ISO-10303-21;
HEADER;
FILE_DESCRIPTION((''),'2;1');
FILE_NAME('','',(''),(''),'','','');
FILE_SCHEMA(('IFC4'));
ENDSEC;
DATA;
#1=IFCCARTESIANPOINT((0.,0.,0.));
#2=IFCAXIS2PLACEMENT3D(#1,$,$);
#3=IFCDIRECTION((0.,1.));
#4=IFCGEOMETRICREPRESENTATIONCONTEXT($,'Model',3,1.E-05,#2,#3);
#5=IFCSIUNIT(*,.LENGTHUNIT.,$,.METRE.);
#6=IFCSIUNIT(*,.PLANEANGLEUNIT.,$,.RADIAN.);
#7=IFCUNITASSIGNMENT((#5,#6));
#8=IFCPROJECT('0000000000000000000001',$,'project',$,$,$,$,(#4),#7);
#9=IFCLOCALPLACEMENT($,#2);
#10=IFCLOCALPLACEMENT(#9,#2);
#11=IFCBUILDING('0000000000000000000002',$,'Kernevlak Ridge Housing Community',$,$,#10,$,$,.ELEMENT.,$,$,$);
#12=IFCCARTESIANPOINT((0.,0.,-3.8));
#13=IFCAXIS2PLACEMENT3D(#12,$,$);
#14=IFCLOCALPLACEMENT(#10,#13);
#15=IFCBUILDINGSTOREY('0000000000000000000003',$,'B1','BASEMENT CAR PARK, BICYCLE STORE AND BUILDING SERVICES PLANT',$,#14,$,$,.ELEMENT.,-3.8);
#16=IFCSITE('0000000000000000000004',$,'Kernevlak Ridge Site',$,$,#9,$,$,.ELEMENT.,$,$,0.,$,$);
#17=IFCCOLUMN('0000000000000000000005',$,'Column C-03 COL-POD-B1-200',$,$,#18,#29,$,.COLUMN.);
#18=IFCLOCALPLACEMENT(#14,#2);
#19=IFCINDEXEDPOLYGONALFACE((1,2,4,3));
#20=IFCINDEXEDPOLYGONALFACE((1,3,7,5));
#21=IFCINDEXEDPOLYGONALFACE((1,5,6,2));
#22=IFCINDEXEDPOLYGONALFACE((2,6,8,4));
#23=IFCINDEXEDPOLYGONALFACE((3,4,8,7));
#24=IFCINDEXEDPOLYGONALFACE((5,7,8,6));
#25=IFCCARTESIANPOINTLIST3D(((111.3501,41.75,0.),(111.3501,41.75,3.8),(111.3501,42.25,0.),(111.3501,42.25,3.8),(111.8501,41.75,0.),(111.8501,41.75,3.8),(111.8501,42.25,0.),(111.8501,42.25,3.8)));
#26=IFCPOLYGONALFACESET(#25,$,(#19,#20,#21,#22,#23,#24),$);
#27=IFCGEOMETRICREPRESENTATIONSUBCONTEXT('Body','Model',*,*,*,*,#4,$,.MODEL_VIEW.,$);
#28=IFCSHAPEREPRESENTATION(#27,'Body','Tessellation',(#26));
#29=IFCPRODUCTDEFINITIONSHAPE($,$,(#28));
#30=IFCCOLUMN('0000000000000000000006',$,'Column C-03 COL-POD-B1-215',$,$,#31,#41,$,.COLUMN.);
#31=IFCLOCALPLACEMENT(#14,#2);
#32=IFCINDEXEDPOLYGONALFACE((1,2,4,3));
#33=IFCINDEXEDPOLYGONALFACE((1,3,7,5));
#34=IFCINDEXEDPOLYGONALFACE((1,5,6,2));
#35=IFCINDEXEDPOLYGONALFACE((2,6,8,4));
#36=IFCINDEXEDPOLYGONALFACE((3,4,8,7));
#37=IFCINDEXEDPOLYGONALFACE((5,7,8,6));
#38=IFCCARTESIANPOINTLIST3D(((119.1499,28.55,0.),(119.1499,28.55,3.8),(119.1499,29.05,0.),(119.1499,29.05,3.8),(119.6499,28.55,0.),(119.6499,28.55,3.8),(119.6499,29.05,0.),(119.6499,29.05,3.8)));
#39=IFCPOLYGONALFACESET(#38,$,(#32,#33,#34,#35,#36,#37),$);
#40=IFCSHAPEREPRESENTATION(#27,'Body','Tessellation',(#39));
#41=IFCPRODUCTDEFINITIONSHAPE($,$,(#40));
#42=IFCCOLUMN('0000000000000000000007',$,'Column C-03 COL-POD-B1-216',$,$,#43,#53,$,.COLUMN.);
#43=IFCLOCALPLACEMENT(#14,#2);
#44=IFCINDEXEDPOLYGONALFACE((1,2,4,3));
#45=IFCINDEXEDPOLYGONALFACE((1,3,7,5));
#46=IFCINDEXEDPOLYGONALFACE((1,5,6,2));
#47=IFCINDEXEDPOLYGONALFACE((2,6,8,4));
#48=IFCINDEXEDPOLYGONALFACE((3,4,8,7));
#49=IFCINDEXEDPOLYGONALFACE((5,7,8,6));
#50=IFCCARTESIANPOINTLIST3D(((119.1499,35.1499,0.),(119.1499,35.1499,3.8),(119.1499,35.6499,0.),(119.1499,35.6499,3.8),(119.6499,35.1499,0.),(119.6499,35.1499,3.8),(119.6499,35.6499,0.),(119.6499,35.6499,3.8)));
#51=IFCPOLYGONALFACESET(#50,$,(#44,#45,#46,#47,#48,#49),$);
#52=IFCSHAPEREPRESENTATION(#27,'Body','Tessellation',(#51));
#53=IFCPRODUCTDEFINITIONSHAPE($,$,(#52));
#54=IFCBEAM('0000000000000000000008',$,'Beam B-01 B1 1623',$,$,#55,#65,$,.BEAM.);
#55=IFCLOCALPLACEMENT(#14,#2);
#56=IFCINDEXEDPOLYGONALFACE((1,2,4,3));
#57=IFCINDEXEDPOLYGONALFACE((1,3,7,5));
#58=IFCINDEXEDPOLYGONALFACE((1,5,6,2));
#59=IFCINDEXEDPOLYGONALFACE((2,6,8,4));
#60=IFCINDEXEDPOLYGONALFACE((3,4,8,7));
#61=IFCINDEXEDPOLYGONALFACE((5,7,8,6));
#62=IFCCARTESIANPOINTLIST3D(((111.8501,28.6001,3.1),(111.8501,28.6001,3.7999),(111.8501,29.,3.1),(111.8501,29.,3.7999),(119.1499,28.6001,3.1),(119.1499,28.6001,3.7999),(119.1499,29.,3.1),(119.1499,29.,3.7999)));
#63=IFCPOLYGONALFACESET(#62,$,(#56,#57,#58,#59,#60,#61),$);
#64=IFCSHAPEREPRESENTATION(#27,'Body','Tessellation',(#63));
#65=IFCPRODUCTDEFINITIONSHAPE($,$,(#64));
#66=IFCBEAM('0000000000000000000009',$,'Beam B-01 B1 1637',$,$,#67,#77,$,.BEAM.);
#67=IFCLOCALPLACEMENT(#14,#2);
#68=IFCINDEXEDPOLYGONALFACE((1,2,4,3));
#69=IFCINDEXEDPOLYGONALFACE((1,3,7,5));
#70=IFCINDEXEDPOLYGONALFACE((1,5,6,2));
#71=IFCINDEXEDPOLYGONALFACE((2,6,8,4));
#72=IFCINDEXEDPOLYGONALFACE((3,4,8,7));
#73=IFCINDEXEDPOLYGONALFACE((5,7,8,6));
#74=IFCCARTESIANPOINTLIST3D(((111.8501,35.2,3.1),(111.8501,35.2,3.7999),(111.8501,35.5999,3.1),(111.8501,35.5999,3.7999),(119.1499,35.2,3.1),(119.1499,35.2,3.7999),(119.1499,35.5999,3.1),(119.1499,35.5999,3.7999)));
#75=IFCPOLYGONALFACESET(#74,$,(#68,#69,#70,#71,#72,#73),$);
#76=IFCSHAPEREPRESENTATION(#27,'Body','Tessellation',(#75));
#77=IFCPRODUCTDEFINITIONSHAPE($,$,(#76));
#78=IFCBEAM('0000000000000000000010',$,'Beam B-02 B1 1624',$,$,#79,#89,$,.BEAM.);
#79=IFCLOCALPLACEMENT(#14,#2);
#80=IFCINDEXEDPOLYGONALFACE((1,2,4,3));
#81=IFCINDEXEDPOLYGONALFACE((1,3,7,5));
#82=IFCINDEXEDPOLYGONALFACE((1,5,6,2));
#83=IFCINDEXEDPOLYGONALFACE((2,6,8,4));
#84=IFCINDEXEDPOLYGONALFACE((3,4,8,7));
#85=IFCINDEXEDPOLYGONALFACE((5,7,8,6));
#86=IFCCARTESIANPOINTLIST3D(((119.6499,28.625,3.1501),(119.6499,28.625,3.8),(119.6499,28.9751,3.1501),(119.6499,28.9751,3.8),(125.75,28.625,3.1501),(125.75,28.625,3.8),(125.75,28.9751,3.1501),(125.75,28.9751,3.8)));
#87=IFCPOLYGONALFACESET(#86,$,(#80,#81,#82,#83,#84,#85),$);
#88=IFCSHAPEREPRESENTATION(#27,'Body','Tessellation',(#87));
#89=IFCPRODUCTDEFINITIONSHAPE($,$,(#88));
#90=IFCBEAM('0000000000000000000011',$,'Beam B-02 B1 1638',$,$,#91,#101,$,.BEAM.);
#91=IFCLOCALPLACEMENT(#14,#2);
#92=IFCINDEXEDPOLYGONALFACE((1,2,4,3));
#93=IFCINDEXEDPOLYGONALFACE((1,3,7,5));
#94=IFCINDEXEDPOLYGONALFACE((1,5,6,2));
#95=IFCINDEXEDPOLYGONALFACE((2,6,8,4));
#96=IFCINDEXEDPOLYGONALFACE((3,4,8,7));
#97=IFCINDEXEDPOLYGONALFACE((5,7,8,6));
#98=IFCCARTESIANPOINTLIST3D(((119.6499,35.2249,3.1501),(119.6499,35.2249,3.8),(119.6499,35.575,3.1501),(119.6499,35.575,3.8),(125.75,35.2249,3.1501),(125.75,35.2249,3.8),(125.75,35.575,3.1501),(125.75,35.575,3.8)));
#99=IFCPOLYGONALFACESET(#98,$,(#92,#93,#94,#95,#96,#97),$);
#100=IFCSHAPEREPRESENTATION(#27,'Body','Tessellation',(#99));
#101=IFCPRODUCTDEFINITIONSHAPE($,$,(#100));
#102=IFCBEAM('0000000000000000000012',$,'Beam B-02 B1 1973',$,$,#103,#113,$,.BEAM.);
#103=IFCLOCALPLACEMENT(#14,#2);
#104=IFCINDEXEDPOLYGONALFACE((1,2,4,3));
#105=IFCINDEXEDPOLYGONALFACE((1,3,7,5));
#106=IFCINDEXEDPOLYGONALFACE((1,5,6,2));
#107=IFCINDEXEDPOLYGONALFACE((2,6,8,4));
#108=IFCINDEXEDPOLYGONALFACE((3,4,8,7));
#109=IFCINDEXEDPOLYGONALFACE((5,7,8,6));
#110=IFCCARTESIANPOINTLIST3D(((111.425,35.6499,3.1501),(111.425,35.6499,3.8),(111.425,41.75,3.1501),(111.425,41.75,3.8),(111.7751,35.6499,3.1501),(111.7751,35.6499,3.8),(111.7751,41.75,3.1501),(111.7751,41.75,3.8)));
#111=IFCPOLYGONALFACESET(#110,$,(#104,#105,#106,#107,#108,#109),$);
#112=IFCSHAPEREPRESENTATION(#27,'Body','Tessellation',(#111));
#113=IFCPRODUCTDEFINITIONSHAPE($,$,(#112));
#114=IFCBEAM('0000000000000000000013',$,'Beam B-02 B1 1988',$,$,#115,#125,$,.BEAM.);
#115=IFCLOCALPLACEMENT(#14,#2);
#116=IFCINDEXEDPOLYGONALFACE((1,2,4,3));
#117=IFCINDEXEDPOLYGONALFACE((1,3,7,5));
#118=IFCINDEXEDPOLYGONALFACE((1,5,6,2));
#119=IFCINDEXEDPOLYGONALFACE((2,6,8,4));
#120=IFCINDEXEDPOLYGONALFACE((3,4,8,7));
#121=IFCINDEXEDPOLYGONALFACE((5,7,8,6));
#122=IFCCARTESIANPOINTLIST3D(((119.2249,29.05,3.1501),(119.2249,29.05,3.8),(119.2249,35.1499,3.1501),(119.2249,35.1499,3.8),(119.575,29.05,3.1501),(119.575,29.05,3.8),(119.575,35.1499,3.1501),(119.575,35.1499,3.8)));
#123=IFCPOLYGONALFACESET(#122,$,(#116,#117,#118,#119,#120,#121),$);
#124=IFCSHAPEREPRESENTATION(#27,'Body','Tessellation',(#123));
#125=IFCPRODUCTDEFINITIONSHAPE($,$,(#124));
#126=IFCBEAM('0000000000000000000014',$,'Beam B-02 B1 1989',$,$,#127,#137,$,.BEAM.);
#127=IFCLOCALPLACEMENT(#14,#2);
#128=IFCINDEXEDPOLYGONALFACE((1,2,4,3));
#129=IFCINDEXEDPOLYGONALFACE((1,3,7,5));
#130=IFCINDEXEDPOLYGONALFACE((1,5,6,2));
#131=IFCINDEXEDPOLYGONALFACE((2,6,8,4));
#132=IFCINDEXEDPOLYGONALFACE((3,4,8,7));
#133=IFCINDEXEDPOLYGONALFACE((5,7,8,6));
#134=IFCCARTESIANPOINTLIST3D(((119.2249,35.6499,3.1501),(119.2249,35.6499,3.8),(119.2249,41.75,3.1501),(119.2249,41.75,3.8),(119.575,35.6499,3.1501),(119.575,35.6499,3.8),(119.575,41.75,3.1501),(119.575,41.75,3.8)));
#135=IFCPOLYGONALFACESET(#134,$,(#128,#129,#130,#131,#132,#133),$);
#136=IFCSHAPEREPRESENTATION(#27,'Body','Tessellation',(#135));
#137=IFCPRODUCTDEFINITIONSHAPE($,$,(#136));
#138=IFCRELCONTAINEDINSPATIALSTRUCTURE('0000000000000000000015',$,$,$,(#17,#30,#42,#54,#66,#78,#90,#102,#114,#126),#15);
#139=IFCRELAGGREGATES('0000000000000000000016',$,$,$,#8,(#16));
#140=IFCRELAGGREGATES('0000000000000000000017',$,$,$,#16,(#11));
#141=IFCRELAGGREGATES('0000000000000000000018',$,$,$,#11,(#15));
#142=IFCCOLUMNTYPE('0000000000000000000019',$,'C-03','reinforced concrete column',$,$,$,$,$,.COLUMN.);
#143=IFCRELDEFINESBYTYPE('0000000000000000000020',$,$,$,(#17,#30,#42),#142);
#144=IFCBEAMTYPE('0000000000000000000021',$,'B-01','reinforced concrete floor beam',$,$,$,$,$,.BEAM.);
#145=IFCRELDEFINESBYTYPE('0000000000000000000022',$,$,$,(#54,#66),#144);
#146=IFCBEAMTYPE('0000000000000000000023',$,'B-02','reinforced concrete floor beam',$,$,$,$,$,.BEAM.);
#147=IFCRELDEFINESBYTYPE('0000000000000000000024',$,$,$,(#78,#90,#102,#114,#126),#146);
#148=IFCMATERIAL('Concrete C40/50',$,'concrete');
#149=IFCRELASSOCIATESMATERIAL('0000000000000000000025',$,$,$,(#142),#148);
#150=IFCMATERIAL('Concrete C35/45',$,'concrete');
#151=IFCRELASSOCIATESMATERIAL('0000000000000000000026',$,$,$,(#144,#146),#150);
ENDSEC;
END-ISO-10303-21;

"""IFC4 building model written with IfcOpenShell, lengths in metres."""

from ifc_helpers import new_model, si_unit, direction, frame, origin, origin_2d, place, context, subcontext, project, spatial, rectangle, extrude, material, material_profile, profile_set, type_object, element, save


model = new_model("IFC4")

# Units and contexts
model_context = context("Model", 3, precision=1e-05, world=origin(), true_north=direction((0.0, 1.0)))
body_context = subcontext(model_context, "Body", "Model", "MODEL_VIEW")
ifc_project = project(units=[si_unit("LENGTHUNIT", "METRE"), si_unit("PLANEANGLEUNIT", "RADIAN")], contexts=[model_context])

# Site, building, storey
site_placement = place(None, origin())
site = spatial("IfcSite", under=ifc_project, at=site_placement, Name="Kernevlak Ridge Site", CompositionType="ELEMENT", RefElevation=0.0)
building_placement = place(site_placement, origin())
building = spatial("IfcBuilding", under=site, at=building_placement, Name="Kernevlak Ridge Housing Community", CompositionType="ELEMENT")
storey_placement = place(building_placement, frame((0.0, 0.0, -3.8)))
storey = spatial("IfcBuildingStorey", under=building, at=storey_placement, Name="B1", Description="BASEMENT CAR PARK, BICYCLE STORE AND BUILDING SERVICES PLANT", CompositionType="ELEMENT", Elevation=-3.8)

# Shared definitions
ifc_material_1 = material(Name="Concrete C35/45", Category="concrete")

# Columns
ifc_material_2 = material(Name="Concrete C40/50", Category="concrete")
ifc_material_profile_1 = material_profile(ifc_material_2, rectangle(XDim=0.5, YDim=0.5, at=origin_2d()), Name="RC 500x500")
ifc_profile_set_1 = profile_set([ifc_material_profile_1], Name="Concrete C40/50")
column_type = type_object("IfcColumnType", Name="C-03", Description="reinforced concrete column", PredefinedType="COLUMN", material=ifc_profile_set_1)
for number, where, z_axis, x_axis, name in (
    (1, (111.6001, 42.0, 0.0), (0.0, 0.0, 1.0), (1.0, 0.0, 0.0), "Column C-03 COL-POD-B1-200"),
    (2, (119.3999, 28.8, 0.0), (0.0, 0.0, 1.0), (1.0, 0.0, 0.0), "Column C-03 COL-POD-B1-215"),
    (3, (119.3999, 35.3999, 0.0), (0.0, 0.0, 1.0), (1.0, 0.0, 0.0), "Column C-03 COL-POD-B1-216"),
):
    element("IfcColumn", number, at=place(storey_placement, frame(where, z_axis=z_axis, x_axis=x_axis)), inside=storey, type_object=column_type, Name=name, PredefinedType="COLUMN", context=body_context, shape_type="SweptSolid", body=[
        extrude(rectangle(XDim=0.5, YDim=0.5, at=origin_2d()), origin(), (0.0, 0.0, 1.0), 3.8),
    ])

# Beams
ifc_material_profile_2 = material_profile(ifc_material_1, rectangle(XDim=0.3999, YDim=0.7, at=origin_2d()), Name="RC 400x700")
ifc_profile_set_2 = profile_set([ifc_material_profile_2], Name="Concrete C35/45")
beam_type_1 = type_object("IfcBeamType", Name="B-01", Description="reinforced concrete floor beam", PredefinedType="BEAM", material=ifc_profile_set_2)
for number, where, z_axis, x_axis, name in (
    (4, (111.8501, 28.8, 3.45), (1.0, 0.0, 0.0), (0.0, 1.0, 0.0), "Beam B-01 B1 1623"),
    (5, (111.8501, 35.3999, 3.45), (1.0, 0.0, 0.0), (0.0, 1.0, 0.0), "Beam B-01 B1 1637"),
):
    element("IfcBeam", number, at=place(storey_placement, frame(where, z_axis=z_axis, x_axis=x_axis)), inside=storey, type_object=beam_type_1, Name=name, PredefinedType="BEAM", context=body_context, shape_type="SweptSolid", body=[
        extrude(rectangle(XDim=0.3999, YDim=0.7, at=origin_2d()), origin(), (0.0, 0.0, 1.0), 7.2998),
    ])
ifc_material_profile_3 = material_profile(ifc_material_1, rectangle(XDim=0.3501, YDim=0.6499, at=origin_2d()), Name="RC 350x650")
ifc_profile_set_3 = profile_set([ifc_material_profile_3], Name="Concrete C35/45")
beam_type_2 = type_object("IfcBeamType", Name="B-02", Description="reinforced concrete floor beam", PredefinedType="BEAM", material=ifc_profile_set_3)
for number, where, z_axis, x_axis, name in (
    (6, (119.6499, 28.8, 3.4751), (1.0, 0.0, 0.0), (0.0, 1.0, 0.0), "Beam B-02 B1 1624"),
    (7, (119.6499, 35.3999, 3.4751), (1.0, 0.0, 0.0), (0.0, 1.0, 0.0), "Beam B-02 B1 1638"),
    (8, (111.6001, 35.6499, 3.4751), (0.0, 1.0, 0.0), (-1.0, 0.0, 0.0), "Beam B-02 B1 1973"),
):
    element("IfcBeam", number, at=place(storey_placement, frame(where, z_axis=z_axis, x_axis=x_axis)), inside=storey, type_object=beam_type_2, Name=name, PredefinedType="BEAM", context=body_context, shape_type="SweptSolid", body=[
        extrude(rectangle(XDim=0.3501, YDim=0.6499, at=origin_2d()), origin(), (0.0, 0.0, 1.0), 6.1001),
    ])
beam_1_placement = place(storey_placement, frame((119.3999, 29.05, 3.4751), z_axis=(0.0, 1.0, 0.0), x_axis=(-1.0, 0.0, 0.0)))
element("IfcBeam", 9, at=beam_1_placement, inside=storey, type_object=beam_type_2, Name="Beam B-02 B1 1988", PredefinedType="BEAM", context=body_context, shape_type="SweptSolid", body=[
    extrude(rectangle(XDim=0.3501, YDim=0.6499, at=origin_2d()), origin(), (0.0, 0.0, 1.0), 6.0999),
])
beam_2_placement = place(storey_placement, frame((119.3999, 35.6499, 3.4751), z_axis=(0.0, 1.0, 0.0), x_axis=(-1.0, 0.0, 0.0)))
element("IfcBeam", 10, at=beam_2_placement, inside=storey, type_object=beam_type_2, Name="Beam B-02 B1 1989", PredefinedType="BEAM", context=body_context, shape_type="SweptSolid", body=[
    extrude(rectangle(XDim=0.3501, YDim=0.6499, at=origin_2d()), origin(), (0.0, 0.0, 1.0), 6.1001),
])

save(model, "model.ifc")
